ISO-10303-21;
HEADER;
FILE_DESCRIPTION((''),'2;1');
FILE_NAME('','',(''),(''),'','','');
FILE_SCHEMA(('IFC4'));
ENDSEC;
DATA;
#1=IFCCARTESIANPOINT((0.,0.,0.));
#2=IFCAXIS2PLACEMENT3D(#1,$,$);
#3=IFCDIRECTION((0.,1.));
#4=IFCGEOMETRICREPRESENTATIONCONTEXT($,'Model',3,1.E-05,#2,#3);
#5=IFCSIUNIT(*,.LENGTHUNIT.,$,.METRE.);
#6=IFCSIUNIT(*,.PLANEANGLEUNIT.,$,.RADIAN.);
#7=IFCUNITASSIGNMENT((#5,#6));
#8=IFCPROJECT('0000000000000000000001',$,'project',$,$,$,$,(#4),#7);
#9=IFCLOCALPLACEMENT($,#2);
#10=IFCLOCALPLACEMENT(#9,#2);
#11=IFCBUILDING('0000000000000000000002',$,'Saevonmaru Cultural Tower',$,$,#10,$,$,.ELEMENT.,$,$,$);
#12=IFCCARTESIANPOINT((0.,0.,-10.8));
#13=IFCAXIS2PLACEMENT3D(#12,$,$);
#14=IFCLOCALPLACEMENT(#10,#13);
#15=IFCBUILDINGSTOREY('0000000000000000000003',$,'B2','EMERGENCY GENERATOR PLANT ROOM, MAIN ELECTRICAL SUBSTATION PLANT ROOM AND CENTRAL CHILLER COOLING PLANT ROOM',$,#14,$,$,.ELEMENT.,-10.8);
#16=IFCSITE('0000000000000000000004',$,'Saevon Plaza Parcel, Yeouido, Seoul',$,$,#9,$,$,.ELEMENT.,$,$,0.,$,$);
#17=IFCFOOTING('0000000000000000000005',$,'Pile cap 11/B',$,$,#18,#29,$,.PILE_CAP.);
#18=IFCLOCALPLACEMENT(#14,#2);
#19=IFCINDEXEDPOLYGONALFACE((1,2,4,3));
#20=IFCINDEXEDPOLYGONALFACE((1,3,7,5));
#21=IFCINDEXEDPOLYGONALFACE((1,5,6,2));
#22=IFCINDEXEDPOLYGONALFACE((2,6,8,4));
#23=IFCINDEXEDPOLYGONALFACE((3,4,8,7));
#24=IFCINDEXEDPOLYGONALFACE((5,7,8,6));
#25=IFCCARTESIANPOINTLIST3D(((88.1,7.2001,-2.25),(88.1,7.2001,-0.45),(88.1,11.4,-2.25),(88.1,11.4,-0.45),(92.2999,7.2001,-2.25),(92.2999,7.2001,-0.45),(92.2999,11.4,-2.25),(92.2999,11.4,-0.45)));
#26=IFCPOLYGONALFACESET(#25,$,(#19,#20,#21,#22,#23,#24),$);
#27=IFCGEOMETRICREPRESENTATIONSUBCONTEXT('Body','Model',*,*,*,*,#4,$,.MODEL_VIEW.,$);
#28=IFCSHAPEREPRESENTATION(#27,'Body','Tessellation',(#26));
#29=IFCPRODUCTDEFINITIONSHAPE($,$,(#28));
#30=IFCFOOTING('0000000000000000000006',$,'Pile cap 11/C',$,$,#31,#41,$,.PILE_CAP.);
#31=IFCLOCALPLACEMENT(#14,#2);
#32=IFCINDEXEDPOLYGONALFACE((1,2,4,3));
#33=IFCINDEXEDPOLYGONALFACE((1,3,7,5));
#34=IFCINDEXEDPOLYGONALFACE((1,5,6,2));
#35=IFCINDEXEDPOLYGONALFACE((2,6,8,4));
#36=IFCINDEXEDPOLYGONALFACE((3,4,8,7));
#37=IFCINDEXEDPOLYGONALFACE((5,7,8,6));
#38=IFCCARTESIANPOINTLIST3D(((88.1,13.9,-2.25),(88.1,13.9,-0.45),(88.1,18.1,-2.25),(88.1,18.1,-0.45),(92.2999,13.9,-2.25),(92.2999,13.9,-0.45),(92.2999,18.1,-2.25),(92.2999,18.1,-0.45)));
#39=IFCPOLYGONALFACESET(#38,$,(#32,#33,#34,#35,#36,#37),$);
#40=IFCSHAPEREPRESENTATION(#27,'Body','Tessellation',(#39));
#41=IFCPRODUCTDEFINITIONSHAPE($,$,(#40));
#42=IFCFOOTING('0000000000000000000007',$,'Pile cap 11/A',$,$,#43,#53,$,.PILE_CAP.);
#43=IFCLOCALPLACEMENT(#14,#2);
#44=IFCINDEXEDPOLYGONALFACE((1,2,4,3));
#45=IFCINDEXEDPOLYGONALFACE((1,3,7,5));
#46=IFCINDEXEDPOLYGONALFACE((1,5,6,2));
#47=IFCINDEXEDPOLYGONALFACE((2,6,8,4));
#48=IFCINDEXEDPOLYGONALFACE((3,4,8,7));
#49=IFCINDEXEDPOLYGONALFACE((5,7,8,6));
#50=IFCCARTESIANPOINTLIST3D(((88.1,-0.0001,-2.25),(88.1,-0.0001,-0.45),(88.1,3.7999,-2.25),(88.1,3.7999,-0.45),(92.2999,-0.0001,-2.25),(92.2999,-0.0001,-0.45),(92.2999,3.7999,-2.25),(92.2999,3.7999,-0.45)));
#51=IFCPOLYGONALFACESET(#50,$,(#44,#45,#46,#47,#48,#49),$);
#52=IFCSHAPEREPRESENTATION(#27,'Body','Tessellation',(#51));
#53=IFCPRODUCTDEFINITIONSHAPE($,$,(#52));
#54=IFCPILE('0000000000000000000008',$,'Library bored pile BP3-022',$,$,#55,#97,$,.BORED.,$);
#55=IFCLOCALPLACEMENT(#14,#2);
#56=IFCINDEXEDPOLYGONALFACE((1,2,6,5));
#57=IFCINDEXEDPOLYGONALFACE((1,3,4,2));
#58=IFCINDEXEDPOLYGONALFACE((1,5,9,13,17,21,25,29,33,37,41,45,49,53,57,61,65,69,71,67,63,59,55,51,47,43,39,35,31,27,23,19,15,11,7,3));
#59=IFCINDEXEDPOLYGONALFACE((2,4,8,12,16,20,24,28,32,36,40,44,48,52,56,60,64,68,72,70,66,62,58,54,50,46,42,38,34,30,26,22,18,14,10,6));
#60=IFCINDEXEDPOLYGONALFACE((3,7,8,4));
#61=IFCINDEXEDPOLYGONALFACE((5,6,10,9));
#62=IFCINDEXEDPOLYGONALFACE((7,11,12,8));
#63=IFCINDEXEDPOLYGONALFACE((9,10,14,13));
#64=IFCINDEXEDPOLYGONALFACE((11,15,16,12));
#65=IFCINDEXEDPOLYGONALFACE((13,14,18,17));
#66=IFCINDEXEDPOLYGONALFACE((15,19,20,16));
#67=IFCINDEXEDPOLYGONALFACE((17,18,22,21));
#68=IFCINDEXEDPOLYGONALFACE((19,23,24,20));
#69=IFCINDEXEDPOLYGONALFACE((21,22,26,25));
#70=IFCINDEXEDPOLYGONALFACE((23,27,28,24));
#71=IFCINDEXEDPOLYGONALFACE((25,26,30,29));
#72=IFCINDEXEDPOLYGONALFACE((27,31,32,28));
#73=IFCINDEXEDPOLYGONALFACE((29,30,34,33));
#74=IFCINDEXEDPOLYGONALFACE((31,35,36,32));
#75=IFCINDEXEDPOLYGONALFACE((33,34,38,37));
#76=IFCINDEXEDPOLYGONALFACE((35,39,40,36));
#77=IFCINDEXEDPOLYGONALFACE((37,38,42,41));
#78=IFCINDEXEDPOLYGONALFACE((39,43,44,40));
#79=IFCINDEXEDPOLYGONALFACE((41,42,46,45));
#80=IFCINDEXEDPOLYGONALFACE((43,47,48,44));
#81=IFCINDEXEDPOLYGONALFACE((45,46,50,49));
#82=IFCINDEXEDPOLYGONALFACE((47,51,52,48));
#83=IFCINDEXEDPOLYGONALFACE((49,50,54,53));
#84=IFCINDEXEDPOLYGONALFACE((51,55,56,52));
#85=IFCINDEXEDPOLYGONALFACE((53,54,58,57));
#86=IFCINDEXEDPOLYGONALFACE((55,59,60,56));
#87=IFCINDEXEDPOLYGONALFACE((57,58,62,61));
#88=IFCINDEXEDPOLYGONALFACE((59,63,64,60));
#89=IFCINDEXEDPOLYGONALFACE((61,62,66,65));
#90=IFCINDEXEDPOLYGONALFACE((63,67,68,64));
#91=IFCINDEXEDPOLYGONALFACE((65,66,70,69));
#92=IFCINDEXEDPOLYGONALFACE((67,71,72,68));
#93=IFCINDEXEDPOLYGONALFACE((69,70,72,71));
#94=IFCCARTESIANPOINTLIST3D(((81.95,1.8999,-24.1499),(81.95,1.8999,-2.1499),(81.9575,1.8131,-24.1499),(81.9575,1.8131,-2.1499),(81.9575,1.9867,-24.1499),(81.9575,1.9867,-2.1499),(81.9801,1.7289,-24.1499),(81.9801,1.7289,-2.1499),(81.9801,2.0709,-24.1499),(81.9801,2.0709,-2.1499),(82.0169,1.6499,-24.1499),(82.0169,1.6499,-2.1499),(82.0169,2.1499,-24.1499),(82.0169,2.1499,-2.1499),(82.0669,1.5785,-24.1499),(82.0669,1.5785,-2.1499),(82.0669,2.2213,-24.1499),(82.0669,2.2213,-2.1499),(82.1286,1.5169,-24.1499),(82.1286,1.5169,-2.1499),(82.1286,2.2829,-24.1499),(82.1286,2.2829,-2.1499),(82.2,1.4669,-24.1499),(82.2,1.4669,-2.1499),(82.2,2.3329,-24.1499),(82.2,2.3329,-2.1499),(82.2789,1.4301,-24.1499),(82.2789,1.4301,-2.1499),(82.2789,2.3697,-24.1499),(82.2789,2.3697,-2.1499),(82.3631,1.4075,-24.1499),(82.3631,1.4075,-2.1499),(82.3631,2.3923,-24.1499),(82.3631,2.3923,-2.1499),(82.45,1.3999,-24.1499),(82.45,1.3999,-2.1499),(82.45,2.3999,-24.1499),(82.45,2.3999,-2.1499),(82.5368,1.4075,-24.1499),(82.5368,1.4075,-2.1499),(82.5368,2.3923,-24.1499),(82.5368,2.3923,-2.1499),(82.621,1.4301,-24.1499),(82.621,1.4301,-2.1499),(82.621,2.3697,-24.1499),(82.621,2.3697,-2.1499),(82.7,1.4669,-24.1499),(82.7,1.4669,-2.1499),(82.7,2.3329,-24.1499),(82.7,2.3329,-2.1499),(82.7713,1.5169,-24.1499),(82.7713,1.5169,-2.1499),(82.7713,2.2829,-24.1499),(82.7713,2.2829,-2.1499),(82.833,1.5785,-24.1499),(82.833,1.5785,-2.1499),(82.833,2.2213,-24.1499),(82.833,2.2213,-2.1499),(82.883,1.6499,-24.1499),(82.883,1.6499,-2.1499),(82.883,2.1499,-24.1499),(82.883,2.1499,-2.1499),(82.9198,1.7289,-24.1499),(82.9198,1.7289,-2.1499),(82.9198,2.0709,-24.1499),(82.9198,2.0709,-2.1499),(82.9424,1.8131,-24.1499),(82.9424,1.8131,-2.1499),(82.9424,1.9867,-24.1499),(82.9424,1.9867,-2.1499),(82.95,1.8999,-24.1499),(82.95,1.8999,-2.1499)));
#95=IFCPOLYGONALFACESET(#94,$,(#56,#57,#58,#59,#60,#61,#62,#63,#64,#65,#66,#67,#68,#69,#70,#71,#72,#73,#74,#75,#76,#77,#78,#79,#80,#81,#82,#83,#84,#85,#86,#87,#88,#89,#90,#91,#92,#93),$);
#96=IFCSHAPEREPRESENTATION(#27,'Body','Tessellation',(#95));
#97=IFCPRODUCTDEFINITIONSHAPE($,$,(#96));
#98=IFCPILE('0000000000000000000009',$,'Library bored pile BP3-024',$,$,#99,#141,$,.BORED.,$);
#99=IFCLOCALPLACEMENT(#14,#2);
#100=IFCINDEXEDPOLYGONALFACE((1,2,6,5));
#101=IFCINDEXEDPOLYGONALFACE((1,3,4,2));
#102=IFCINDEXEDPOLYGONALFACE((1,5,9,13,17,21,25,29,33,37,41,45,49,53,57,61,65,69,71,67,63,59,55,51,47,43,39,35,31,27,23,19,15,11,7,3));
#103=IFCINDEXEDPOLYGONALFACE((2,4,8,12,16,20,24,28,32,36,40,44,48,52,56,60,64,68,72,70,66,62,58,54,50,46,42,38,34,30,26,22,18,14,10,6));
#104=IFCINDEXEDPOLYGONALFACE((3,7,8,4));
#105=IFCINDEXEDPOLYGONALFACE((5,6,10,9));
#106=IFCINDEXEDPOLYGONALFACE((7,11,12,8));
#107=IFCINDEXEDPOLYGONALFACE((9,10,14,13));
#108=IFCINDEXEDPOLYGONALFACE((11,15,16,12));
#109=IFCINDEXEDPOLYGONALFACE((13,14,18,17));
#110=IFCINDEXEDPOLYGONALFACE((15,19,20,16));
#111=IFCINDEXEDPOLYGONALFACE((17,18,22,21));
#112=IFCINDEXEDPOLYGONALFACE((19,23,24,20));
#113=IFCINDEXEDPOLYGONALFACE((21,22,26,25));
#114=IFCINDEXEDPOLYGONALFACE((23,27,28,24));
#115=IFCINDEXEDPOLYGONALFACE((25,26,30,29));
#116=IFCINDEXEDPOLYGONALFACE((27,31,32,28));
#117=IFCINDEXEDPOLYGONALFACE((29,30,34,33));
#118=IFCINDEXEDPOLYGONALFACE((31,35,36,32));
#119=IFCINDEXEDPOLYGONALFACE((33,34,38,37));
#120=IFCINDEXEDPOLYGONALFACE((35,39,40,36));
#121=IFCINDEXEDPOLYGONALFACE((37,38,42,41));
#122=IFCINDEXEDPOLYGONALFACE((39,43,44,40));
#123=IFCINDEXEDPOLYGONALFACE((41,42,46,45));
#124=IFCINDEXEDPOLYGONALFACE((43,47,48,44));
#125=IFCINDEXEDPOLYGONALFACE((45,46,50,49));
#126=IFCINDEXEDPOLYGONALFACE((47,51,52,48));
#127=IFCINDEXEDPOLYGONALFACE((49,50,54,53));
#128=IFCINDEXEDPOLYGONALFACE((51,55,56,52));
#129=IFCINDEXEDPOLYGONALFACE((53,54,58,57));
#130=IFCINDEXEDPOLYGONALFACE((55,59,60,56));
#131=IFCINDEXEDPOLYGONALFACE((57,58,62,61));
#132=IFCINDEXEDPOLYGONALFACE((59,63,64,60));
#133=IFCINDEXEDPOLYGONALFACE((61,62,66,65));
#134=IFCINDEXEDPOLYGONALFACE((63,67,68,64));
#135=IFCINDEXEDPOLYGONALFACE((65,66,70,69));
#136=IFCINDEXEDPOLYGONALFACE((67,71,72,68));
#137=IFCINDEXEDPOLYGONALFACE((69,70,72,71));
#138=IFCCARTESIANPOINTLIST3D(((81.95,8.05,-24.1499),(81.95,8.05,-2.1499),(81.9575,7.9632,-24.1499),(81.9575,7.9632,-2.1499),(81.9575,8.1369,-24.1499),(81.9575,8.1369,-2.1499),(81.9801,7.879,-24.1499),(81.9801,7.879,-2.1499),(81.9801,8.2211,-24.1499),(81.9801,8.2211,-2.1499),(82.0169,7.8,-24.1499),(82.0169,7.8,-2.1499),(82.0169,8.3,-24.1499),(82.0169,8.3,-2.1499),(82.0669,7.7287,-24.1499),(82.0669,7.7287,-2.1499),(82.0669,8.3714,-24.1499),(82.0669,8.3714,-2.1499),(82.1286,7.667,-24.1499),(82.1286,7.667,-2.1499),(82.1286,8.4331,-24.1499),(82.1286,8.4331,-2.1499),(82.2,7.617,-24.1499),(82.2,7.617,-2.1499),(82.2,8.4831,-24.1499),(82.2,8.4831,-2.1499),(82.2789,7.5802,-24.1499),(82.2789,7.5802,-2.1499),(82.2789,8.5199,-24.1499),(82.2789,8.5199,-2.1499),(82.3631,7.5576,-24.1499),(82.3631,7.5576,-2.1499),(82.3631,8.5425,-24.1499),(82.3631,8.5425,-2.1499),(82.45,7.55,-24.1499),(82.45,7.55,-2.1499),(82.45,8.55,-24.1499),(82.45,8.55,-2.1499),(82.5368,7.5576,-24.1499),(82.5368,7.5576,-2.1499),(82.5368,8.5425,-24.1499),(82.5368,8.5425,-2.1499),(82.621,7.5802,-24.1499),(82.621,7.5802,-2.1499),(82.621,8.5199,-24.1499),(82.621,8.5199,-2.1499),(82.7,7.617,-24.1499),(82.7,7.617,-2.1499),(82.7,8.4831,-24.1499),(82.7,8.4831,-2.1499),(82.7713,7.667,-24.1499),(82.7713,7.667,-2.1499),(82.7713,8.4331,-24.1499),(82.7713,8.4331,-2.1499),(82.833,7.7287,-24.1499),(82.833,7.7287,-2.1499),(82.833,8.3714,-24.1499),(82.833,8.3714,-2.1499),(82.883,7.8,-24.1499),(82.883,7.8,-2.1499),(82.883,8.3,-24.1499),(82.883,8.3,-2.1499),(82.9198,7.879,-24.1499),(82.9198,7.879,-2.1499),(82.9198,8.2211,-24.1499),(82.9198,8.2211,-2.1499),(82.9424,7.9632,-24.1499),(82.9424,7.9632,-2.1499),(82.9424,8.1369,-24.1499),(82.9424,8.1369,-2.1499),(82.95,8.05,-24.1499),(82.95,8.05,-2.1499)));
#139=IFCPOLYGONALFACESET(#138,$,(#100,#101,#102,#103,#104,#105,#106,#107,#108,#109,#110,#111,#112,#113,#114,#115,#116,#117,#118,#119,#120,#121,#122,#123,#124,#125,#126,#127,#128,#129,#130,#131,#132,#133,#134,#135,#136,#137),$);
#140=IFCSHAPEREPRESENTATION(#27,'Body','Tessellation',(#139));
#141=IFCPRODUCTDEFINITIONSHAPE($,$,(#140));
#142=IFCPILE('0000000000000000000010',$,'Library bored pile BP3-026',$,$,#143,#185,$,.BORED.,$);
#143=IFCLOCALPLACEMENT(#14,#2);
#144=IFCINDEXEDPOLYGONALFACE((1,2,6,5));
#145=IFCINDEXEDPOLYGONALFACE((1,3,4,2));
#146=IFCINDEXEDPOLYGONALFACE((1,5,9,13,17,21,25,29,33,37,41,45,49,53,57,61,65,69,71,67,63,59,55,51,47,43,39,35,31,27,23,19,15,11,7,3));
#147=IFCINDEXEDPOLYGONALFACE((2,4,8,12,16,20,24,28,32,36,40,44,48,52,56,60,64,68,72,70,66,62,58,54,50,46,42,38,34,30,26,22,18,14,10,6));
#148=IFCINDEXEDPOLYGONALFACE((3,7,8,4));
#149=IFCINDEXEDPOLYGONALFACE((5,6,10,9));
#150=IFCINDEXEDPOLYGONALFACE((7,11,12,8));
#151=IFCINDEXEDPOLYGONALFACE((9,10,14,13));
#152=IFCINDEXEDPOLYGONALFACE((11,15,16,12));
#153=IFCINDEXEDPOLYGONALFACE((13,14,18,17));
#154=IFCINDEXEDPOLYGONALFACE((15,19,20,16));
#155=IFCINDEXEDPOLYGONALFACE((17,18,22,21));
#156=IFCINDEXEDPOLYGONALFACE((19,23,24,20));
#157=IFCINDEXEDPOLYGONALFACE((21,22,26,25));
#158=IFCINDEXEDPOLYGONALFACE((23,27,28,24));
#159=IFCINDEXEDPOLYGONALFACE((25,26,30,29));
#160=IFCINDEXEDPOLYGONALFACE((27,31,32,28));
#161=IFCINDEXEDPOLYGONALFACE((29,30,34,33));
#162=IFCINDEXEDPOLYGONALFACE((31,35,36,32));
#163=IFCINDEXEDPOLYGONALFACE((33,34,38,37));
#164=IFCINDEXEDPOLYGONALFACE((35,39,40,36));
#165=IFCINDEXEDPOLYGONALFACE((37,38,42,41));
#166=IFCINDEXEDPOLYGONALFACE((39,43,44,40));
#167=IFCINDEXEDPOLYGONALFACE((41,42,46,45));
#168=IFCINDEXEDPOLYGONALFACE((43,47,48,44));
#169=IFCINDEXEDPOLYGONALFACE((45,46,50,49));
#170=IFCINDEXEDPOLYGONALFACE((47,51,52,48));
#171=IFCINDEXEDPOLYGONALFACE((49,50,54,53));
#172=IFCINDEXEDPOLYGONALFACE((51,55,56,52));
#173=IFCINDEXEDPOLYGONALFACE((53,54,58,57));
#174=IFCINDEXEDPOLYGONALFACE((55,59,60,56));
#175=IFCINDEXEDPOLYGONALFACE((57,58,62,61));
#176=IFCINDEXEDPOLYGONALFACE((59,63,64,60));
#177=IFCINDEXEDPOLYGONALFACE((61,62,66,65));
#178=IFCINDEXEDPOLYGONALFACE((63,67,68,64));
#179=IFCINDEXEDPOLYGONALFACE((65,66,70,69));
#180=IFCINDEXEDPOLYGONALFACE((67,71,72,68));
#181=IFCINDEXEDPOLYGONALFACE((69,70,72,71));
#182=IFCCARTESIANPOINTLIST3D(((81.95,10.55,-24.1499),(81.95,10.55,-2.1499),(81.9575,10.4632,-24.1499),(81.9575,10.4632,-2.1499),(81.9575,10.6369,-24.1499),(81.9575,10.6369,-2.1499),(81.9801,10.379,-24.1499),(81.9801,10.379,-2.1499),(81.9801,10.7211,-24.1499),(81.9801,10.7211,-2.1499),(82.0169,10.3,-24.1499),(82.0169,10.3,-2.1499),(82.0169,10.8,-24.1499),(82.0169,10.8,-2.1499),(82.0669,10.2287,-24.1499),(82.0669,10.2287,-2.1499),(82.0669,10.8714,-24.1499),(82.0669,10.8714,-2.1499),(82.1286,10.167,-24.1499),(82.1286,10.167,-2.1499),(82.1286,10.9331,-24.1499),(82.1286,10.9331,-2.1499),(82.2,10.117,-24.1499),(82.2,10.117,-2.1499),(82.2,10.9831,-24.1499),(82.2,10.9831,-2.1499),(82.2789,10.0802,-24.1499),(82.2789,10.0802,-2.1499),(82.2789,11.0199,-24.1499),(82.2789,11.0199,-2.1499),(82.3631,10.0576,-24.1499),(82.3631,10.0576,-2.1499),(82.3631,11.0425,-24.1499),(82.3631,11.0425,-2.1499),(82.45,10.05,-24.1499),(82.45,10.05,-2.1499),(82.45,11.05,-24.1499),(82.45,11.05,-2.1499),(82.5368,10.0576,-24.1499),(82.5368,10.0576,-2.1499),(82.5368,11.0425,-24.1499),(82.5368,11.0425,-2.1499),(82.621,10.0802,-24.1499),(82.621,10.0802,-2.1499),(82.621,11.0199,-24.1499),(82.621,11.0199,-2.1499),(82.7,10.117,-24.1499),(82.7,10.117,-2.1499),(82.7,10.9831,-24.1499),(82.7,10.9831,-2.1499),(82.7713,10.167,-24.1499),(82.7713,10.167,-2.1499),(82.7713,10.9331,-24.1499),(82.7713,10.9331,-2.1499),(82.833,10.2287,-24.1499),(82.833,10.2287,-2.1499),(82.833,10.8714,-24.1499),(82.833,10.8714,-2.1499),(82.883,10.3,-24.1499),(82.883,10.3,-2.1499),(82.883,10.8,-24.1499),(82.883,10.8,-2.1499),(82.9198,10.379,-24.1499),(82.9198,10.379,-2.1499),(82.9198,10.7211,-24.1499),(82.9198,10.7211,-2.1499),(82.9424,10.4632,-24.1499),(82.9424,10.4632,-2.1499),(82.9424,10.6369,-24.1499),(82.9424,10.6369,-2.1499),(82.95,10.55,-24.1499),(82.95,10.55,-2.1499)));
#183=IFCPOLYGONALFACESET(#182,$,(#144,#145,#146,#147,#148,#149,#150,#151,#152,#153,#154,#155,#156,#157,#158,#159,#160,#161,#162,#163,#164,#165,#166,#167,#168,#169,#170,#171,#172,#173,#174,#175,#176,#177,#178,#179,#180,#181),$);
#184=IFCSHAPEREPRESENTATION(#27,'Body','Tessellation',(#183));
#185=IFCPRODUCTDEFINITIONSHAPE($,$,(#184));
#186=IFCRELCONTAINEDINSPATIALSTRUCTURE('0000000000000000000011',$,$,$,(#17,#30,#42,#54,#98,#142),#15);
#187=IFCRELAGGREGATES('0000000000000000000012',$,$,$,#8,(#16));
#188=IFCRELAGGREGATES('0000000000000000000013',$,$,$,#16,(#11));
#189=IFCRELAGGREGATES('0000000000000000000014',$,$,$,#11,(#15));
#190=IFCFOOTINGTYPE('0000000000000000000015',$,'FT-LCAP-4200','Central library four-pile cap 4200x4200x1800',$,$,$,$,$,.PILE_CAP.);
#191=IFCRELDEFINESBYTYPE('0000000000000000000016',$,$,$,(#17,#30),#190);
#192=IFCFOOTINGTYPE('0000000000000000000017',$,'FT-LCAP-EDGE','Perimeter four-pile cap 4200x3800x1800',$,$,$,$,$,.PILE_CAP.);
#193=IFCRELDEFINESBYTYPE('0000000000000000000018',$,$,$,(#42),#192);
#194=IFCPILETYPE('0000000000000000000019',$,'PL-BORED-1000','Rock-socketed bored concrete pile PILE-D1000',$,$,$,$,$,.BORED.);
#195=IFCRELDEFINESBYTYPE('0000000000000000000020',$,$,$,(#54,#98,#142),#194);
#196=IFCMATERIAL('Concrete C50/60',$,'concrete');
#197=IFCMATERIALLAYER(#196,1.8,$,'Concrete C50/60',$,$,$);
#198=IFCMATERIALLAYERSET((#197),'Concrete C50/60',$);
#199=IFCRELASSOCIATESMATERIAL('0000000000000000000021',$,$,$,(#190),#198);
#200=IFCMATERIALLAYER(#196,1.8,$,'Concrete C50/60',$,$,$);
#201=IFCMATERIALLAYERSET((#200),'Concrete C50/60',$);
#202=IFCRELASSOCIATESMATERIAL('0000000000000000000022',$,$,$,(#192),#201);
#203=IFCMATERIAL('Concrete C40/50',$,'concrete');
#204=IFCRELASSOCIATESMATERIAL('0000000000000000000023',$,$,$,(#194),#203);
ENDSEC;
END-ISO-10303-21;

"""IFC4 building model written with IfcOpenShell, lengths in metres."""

from ifc_helpers import new_model, si_unit, direction, frame, origin, origin_2d, place, context, subcontext, project, spatial, rectangle, circle, extrude, material, layer, layer_set, material_profile, profile_set, type_object, element, save


model = new_model("IFC4")

# Units and contexts
model_context = context("Model", 3, precision=1e-05, world=origin(), true_north=direction((0.0, 1.0)))
body_context = subcontext(model_context, "Body", "Model", "MODEL_VIEW")
ifc_project = project(units=[si_unit("LENGTHUNIT", "METRE"), si_unit("PLANEANGLEUNIT", "RADIAN")], contexts=[model_context])

# Site, building, storey
site_placement = place(None, origin())
site = spatial("IfcSite", under=ifc_project, at=site_placement, Name="Saevon Plaza Parcel, Yeouido, Seoul", CompositionType="ELEMENT", RefElevation=0.0)
building_placement = place(site_placement, origin())
building = spatial("IfcBuilding", under=site, at=building_placement, Name="Saevonmaru Cultural Tower", CompositionType="ELEMENT")
storey_placement = place(building_placement, frame((0.0, 0.0, -10.8)))
storey = spatial("IfcBuildingStorey", under=building, at=storey_placement, Name="B2", Description="EMERGENCY GENERATOR PLANT ROOM, MAIN ELECTRICAL SUBSTATION PLANT ROOM AND CENTRAL CHILLER COOLING PLANT ROOM", CompositionType="ELEMENT", Elevation=-10.8)

# Footings
ifc_material_1 = material(Name="Concrete C50/60", Category="concrete")
ifc_layer_1 = layer(ifc_material_1, 1.8, Name="Concrete C50/60")
ifc_layer_set_1 = layer_set([ifc_layer_1], Name="Concrete C50/60")
footing_type_1 = type_object("IfcFootingType", Name="FT-LCAP-4200", Description="Central library four-pile cap 4200x4200x1800", PredefinedType="PILE_CAP", material=ifc_layer_set_1)
for number, where, z_axis, x_axis, name in (
    (1, (90.2, 9.3, -2.25), (0.0, 0.0, 1.0), (1.0, 0.0, 0.0), "Pile cap 11/B"),
    (2, (90.2, 16.0, -2.25), (0.0, 0.0, 1.0), (1.0, 0.0, 0.0), "Pile cap 11/C"),
):
    element("IfcFooting", number, at=place(storey_placement, frame(where, z_axis=z_axis, x_axis=x_axis)), inside=storey, type_object=footing_type_1, Name=name, PredefinedType="PILE_CAP", context=body_context, shape_type="SweptSolid", body=[
        extrude(rectangle(XDim=4.2, YDim=4.2, at=origin_2d()), origin(), (0.0, 0.0, 1.0), 1.8),
    ])
ifc_layer_2 = layer(ifc_material_1, 1.8, Name="Concrete C50/60")
ifc_layer_set_2 = layer_set([ifc_layer_2], Name="Concrete C50/60")
footing_type_2 = type_object("IfcFootingType", Name="FT-LCAP-EDGE", Description="Perimeter four-pile cap 4200x3800x1800", PredefinedType="PILE_CAP", material=ifc_layer_set_2)
footing_placement = place(storey_placement, frame((90.2, 1.8999, -2.25), z_axis=(0.0, 0.0, 1.0), x_axis=(1.0, 0.0, 0.0)))
element("IfcFooting", 3, at=footing_placement, inside=storey, type_object=footing_type_2, Name="Pile cap 11/A", PredefinedType="PILE_CAP", context=body_context, shape_type="SweptSolid", body=[
    extrude(rectangle(XDim=4.2, YDim=3.8, at=origin_2d()), origin(), (0.0, 0.0, 1.0), 1.8),
])

# Piles
ifc_material_2 = material(Name="Concrete C40/50", Category="concrete")
ifc_material_profile_1 = material_profile(ifc_material_2, circle(Radius=0.5, at=origin_2d()), Name="PILE-D1000")
ifc_profile_set_1 = profile_set([ifc_material_profile_1], Name="Concrete C40/50")
pile_type = type_object("IfcPileType", Name="PL-BORED-1000", Description="Rock-socketed bored concrete pile PILE-D1000", PredefinedType="BORED", material=ifc_profile_set_1)
for number, where, z_axis, x_axis, name in (
    (4, (82.45, 1.8999, -2.1499), (0.0, 0.0, -1.0), (1.0, 0.0, 0.0), "Library bored pile BP3-022"),
    (5, (82.45, 8.05, -2.1499), (0.0, 0.0, -1.0), (1.0, 0.0, 0.0), "Library bored pile BP3-024"),
    (6, (82.45, 10.55, -2.1499), (0.0, 0.0, -1.0), (1.0, 0.0, 0.0), "Library bored pile BP3-026"),
):
    element("IfcPile", number, at=place(storey_placement, frame(where, z_axis=z_axis, x_axis=x_axis)), inside=storey, type_object=pile_type, Name=name, PredefinedType="BORED", context=body_context, shape_type="SweptSolid", body=[
        extrude(circle(Radius=0.5, at=origin_2d()), origin(), (0.0, 0.0, 1.0), 22.0),
    ])

save(model, "model.ifc")
